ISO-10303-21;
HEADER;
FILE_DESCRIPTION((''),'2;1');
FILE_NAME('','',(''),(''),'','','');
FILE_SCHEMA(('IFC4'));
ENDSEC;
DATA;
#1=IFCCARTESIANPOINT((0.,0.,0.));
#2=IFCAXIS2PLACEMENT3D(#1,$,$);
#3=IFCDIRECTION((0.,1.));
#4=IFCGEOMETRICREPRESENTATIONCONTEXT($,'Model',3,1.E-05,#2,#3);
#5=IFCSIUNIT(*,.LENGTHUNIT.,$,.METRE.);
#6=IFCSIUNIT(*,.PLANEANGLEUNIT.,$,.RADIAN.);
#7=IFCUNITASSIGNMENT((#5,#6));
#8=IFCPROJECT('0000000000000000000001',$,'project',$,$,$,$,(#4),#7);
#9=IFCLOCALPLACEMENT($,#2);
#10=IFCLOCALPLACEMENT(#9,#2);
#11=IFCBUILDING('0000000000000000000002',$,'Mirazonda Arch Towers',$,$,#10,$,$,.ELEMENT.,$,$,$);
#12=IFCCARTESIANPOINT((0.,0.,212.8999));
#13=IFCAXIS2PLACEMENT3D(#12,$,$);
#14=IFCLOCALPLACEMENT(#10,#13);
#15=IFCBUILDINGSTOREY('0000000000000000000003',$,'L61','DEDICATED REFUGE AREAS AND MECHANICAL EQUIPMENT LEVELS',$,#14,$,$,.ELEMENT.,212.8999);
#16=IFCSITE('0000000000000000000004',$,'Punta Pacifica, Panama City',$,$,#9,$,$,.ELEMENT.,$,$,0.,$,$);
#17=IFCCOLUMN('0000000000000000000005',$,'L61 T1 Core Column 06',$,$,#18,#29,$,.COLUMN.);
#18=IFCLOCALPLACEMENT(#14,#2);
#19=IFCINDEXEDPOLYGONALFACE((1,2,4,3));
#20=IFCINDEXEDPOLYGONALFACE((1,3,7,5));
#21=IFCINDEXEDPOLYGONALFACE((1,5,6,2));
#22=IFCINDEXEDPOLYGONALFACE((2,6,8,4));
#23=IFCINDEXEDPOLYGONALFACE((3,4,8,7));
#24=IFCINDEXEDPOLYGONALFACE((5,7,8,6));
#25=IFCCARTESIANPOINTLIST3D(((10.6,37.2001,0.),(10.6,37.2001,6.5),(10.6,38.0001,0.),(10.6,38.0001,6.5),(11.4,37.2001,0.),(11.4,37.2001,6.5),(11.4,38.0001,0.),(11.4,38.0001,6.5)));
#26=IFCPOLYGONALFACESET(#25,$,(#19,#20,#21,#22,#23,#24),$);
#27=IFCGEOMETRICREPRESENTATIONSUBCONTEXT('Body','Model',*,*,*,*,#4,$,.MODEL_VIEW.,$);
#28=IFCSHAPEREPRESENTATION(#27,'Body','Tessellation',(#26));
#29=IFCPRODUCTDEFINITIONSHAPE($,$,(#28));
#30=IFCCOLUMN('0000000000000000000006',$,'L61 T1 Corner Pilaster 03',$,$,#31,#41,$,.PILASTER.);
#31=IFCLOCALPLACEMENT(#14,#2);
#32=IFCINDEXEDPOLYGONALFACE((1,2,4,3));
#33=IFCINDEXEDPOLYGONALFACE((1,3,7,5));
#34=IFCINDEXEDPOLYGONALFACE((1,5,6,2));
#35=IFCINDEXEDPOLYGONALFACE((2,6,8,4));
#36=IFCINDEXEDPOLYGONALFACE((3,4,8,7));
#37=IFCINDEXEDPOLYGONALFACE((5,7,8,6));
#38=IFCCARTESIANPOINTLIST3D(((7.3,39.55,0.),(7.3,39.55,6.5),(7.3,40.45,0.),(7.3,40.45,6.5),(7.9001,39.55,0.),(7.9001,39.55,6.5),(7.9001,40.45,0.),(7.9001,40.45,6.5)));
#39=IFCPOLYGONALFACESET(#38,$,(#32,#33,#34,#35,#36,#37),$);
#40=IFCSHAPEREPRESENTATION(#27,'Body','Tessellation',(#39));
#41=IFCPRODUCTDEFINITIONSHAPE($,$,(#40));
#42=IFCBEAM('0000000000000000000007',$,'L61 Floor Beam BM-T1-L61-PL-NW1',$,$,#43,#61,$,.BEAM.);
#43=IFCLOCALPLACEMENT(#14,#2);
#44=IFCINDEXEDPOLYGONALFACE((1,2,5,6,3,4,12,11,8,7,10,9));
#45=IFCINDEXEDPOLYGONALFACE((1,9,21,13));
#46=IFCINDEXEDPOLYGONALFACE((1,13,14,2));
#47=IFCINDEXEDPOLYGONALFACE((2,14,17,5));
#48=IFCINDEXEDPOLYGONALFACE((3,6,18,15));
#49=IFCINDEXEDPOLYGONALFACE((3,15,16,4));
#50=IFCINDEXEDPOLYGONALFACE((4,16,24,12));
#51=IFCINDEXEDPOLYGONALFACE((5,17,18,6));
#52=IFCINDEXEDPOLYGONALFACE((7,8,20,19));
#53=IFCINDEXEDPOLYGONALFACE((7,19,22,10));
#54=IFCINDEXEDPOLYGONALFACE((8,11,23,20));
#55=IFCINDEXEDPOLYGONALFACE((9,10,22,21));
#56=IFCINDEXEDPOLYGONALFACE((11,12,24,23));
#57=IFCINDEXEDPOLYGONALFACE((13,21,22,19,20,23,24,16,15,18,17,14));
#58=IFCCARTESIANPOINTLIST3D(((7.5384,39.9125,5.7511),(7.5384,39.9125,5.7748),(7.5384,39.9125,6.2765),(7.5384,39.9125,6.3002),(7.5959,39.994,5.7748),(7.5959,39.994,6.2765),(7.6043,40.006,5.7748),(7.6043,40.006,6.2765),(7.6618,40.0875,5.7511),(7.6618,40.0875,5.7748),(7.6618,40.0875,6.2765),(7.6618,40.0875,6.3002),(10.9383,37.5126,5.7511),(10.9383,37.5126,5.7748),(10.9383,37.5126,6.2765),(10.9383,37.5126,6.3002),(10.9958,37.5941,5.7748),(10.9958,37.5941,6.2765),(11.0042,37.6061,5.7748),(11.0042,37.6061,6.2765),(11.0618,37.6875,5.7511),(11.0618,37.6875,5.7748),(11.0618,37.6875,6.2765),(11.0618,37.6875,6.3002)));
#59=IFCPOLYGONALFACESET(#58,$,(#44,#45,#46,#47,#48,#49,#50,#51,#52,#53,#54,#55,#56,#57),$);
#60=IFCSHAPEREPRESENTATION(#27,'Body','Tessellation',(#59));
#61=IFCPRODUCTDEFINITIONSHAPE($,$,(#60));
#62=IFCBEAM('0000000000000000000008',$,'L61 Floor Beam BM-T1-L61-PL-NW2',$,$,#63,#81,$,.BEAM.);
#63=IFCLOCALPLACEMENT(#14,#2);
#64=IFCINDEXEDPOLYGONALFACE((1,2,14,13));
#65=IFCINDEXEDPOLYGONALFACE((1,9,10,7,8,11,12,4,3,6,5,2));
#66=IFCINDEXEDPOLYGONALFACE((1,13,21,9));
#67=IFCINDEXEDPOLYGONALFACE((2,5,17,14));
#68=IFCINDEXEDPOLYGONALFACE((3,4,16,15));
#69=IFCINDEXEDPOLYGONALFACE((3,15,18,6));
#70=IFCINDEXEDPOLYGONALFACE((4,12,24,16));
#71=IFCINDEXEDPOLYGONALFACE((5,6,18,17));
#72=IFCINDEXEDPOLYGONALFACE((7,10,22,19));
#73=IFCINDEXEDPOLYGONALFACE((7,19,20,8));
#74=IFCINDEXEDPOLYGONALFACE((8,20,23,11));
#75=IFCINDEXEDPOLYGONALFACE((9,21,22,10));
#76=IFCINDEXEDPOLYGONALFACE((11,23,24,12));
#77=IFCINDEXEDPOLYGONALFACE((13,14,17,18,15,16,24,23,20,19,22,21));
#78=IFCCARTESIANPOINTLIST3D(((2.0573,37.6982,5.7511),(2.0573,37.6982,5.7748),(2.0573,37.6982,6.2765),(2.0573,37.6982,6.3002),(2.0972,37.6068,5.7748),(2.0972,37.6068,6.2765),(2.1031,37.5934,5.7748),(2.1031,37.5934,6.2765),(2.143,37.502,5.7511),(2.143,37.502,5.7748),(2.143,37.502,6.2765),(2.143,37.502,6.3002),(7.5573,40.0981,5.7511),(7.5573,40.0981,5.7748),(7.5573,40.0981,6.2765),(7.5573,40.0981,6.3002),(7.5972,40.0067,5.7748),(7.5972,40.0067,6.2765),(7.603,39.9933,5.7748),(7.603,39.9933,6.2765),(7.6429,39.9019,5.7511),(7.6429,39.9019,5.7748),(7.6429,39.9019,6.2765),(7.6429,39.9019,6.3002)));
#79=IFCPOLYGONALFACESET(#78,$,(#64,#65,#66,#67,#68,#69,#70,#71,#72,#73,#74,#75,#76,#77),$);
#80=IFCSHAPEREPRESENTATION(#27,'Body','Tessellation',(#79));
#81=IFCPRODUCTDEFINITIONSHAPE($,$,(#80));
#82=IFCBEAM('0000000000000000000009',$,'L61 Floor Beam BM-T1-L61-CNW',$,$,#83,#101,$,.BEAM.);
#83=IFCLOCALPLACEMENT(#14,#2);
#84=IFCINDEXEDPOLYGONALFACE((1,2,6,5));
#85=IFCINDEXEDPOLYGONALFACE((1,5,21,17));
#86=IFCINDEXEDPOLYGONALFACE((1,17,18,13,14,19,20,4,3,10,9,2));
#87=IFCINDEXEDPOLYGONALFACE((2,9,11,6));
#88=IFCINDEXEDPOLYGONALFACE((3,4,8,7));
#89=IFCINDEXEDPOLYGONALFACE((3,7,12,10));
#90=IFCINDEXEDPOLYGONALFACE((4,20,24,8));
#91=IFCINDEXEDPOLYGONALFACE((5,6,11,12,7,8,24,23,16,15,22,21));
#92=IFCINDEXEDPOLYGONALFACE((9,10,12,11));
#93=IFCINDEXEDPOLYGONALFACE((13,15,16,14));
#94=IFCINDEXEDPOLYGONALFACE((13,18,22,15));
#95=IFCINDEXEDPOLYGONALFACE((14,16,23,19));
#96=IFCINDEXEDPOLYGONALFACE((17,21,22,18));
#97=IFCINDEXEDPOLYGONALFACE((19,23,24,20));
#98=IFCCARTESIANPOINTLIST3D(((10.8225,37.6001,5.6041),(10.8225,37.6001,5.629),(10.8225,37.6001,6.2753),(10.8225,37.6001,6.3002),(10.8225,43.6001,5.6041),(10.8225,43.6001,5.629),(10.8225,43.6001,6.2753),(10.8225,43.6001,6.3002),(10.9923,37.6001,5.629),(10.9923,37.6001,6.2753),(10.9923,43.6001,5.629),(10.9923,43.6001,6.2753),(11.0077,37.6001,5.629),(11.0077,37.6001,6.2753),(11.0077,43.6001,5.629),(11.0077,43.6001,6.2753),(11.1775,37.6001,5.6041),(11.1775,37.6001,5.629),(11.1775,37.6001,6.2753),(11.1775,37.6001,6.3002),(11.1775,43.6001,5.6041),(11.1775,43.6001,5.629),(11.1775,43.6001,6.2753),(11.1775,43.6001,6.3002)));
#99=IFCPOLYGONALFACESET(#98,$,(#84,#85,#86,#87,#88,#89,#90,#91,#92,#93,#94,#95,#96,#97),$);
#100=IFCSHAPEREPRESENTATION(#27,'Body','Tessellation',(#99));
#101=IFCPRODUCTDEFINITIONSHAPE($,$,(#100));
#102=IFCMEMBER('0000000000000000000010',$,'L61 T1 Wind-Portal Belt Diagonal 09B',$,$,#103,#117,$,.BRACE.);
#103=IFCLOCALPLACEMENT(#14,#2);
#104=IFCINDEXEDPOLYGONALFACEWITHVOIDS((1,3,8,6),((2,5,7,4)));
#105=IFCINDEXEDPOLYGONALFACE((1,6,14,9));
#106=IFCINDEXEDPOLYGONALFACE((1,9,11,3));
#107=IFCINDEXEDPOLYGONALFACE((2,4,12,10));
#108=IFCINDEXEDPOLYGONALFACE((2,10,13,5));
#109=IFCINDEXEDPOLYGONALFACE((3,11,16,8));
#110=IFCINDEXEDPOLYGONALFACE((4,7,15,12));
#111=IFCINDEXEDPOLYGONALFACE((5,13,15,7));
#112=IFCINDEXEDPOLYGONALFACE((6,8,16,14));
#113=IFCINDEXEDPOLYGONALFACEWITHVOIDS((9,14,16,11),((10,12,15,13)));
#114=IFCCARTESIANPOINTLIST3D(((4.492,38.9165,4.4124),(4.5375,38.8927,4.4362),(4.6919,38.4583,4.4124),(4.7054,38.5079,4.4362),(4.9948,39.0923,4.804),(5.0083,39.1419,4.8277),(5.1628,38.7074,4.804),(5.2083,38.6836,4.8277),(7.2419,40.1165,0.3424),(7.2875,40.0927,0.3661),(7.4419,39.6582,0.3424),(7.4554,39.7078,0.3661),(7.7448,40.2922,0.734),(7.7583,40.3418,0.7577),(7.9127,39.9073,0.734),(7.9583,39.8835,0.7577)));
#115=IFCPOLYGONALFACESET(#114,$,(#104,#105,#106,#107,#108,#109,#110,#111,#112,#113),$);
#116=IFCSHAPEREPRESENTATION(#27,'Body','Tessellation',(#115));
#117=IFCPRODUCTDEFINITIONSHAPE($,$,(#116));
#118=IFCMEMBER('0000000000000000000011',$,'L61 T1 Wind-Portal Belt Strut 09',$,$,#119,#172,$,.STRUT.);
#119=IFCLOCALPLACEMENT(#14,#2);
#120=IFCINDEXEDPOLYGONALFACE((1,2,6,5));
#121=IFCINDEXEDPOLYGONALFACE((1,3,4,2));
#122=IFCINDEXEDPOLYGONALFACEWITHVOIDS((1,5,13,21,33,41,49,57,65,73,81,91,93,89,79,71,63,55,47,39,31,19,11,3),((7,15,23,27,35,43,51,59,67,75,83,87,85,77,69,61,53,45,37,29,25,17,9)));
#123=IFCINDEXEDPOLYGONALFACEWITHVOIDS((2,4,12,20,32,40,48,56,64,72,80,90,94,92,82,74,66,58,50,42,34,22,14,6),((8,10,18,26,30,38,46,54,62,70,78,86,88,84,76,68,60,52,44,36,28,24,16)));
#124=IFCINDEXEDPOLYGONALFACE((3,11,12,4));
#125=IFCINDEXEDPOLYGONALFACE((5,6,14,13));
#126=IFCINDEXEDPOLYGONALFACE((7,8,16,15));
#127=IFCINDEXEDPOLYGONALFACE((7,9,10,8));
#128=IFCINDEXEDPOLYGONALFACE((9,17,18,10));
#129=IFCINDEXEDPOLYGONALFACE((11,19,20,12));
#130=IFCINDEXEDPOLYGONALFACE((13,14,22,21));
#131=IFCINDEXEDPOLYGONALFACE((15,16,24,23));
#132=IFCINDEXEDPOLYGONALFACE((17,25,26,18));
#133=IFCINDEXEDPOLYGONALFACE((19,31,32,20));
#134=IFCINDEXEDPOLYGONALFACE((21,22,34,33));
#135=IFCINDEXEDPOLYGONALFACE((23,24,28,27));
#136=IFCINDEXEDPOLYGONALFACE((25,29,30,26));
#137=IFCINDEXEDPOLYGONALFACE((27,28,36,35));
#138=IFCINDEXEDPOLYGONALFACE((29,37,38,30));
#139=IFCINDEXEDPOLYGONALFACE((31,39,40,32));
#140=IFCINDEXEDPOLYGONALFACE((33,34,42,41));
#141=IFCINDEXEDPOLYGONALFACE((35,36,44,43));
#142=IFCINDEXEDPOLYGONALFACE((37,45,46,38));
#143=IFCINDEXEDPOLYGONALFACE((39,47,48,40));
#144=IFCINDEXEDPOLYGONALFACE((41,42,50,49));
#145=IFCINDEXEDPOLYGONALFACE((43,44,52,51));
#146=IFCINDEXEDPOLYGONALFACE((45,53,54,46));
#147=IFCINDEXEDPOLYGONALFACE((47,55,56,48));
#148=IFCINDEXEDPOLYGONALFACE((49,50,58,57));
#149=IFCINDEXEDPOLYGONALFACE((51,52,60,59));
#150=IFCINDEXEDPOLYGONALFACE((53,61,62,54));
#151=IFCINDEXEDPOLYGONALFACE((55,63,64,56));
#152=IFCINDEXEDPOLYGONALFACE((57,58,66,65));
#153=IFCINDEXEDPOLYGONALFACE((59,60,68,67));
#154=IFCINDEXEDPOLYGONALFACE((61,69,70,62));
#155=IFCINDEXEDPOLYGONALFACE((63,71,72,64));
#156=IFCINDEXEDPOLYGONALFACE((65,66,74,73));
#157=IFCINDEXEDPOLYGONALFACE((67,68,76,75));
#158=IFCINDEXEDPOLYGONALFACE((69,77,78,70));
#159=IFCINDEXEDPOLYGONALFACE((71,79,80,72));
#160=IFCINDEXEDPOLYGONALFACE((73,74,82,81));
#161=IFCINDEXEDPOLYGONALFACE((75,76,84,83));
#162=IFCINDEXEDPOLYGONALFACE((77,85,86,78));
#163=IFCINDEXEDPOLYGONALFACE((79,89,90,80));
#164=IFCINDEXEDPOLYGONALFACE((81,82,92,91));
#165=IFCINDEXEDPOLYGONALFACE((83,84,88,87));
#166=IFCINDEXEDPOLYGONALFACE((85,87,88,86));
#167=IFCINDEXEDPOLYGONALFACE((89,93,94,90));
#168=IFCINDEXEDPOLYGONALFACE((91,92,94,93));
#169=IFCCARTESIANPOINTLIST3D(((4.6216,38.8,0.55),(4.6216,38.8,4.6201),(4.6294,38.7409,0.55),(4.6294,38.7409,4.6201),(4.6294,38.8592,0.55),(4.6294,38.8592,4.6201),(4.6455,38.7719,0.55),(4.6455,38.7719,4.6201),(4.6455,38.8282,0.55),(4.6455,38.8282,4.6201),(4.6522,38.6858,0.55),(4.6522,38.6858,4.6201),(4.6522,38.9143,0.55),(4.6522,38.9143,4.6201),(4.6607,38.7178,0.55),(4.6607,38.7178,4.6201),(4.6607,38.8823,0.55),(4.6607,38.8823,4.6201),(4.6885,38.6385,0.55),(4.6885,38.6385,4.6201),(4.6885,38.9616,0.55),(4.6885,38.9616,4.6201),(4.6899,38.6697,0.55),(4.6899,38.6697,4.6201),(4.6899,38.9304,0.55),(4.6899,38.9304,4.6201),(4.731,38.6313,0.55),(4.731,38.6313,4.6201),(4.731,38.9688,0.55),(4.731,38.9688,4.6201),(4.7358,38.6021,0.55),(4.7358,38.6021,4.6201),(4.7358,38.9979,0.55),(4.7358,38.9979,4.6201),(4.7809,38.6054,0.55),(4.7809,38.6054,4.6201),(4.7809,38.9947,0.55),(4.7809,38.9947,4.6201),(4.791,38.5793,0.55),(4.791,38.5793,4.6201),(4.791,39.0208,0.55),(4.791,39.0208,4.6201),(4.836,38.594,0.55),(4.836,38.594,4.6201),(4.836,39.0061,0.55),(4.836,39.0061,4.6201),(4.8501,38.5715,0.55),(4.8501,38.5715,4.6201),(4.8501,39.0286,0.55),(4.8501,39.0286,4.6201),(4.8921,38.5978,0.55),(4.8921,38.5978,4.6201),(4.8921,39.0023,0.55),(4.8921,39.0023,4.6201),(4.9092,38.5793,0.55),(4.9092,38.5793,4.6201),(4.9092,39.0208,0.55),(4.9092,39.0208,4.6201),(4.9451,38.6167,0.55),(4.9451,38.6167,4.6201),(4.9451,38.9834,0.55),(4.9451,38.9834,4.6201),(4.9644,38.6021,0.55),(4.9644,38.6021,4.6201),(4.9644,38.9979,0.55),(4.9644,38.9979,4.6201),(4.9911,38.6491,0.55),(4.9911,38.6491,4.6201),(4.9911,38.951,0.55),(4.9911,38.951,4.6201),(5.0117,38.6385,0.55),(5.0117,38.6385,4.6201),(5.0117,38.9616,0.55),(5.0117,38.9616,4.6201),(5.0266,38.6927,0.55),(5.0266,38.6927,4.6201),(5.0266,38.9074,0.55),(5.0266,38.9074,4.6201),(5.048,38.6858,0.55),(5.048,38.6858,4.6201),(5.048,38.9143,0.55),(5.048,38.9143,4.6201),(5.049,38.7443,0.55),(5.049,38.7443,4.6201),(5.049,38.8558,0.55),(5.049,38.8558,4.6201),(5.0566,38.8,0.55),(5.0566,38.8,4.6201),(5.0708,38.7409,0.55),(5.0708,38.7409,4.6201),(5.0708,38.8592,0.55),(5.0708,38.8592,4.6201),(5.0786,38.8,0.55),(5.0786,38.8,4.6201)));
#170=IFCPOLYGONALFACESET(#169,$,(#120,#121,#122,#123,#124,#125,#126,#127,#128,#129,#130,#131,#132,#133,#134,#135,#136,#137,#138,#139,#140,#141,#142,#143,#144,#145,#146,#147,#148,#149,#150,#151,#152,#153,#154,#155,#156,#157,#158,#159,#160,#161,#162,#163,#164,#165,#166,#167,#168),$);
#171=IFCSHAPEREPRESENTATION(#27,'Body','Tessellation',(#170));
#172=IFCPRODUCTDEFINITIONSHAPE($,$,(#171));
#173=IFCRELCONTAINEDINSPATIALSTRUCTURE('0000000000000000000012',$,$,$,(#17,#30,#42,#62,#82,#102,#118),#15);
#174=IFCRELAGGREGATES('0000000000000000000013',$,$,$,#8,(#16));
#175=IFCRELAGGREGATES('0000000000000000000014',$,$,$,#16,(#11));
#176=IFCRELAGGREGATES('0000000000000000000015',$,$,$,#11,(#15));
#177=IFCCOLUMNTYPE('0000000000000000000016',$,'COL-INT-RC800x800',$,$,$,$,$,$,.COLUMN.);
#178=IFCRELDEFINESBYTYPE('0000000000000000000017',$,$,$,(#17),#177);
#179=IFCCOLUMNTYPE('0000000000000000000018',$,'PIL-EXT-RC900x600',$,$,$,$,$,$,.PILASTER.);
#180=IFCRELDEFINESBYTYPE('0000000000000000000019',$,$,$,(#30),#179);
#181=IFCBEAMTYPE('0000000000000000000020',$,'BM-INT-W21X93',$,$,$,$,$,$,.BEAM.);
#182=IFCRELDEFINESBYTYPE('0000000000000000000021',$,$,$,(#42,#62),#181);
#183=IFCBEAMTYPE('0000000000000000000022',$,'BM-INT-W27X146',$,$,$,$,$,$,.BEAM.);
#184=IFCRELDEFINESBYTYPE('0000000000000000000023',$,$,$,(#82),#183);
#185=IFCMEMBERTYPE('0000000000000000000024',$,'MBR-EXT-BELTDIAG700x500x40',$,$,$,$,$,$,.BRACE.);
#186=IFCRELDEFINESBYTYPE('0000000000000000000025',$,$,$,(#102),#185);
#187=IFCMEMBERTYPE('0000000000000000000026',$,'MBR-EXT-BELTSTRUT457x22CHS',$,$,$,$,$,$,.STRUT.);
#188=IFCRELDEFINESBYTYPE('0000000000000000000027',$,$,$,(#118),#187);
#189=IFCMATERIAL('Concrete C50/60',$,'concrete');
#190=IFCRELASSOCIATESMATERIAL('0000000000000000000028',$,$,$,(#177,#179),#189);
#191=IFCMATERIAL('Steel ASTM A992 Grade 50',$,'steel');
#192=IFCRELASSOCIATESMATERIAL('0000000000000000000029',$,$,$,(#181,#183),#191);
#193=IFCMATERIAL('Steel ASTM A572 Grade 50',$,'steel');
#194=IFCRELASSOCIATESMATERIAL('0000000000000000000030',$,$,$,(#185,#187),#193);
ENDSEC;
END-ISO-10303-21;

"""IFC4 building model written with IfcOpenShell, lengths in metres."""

from ifc_helpers import new_model, si_unit, direction, frame, origin, origin_2d, place, context, subcontext, project, spatial, rectangle, hollow_rectangle, hollow_circle, i_section, extrude, material, material_profile, profile_set, type_object, element, save


model = new_model("IFC4")

# Units and contexts
model_context = context("Model", 3, precision=1e-05, world=origin(), true_north=direction((0.0, 1.0)))
body_context = subcontext(model_context, "Body", "Model", "MODEL_VIEW")
ifc_project = project(units=[si_unit("LENGTHUNIT", "METRE"), si_unit("PLANEANGLEUNIT", "RADIAN")], contexts=[model_context])

# Site, building, storey
site_placement = place(None, origin())
site = spatial("IfcSite", under=ifc_project, at=site_placement, Name="Punta Pacifica, Panama City", CompositionType="ELEMENT", RefElevation=0.0)
building_placement = place(site_placement, origin())
building = spatial("IfcBuilding", under=site, at=building_placement, Name="Mirazonda Arch Towers", CompositionType="ELEMENT")
storey_placement = place(building_placement, frame((0.0, 0.0, 212.8999)))
storey = spatial("IfcBuildingStorey", under=building, at=storey_placement, Name="L61", Description="DEDICATED REFUGE AREAS AND MECHANICAL EQUIPMENT LEVELS", CompositionType="ELEMENT", Elevation=212.8999)

# Columns
ifc_material_1 = material(Name="Concrete C50/60", Category="concrete")
ifc_material_profile_1 = material_profile(ifc_material_1, rectangle(XDim=0.8, YDim=0.8, at=origin_2d()), Name="RC800x800")
ifc_profile_set_1 = profile_set([ifc_material_profile_1], Name="Concrete C50/60")
column_type_1 = type_object("IfcColumnType", Name="COL-INT-RC800x800", PredefinedType="COLUMN", material=ifc_profile_set_1)
column_1_placement = place(storey_placement, frame((11.0, 37.6001, 0.0), z_axis=(0.0, 0.0, 1.0), x_axis=(1.0, 0.0, 0.0)))
element("IfcColumn", 1, at=column_1_placement, inside=storey, type_object=column_type_1, Name="L61 T1 Core Column 06", PredefinedType="COLUMN", context=body_context, shape_type="SweptSolid", body=[
    extrude(rectangle(XDim=0.8, YDim=0.8, at=origin_2d()), origin(), (0.0, 0.0, 1.0), 6.5),
])
ifc_material_profile_2 = material_profile(ifc_material_1, rectangle(XDim=0.6001, YDim=0.8999, at=origin_2d()), Name="RC900x600")
ifc_profile_set_2 = profile_set([ifc_material_profile_2], Name="Concrete C50/60")
column_type_2 = type_object("IfcColumnType", Name="PIL-EXT-RC900x600", PredefinedType="PILASTER", material=ifc_profile_set_2)
column_2_placement = place(storey_placement, frame((7.6001, 40.0, 0.0), z_axis=(0.0, 0.0, 1.0), x_axis=(1.0, 0.0, 0.0)))
element("IfcColumn", 2, at=column_2_placement, inside=storey, type_object=column_type_2, Name="L61 T1 Corner Pilaster 03", PredefinedType="PILASTER", context=body_context, shape_type="SweptSolid", body=[
    extrude(rectangle(XDim=0.6001, YDim=0.8999, at=origin_2d()), origin(), (0.0, 0.0, 1.0), 6.5),
])

# Beams
ifc_material_2 = material(Name="Steel ASTM A992 Grade 50", Category="steel")
ifc_material_profile_3 = material_profile(ifc_material_2, i_section(OverallWidth=0.2141, OverallDepth=0.5491, WebThickness=0.0146, FlangeThickness=0.0237, at=origin_2d()), Name="W21X93")
ifc_profile_set_3 = profile_set([ifc_material_profile_3], Name="Steel ASTM A992 Grade 50")
beam_type_1 = type_object("IfcBeamType", Name="BM-INT-W21X93", PredefinedType="BEAM", material=ifc_profile_set_3)
beam_1_placement = place(storey_placement, frame((7.6001, 40.0, 6.0256), z_axis=(0.816971, -0.576679, 0.0), x_axis=(0.576679, 0.816971, 0.0)))
element("IfcBeam", 3, at=beam_1_placement, inside=storey, type_object=beam_type_1, Name="L61 Floor Beam BM-T1-L61-PL-NW1", PredefinedType="BEAM", context=body_context, shape_type="SweptSolid", body=[
    extrude(i_section(OverallWidth=0.2141, OverallDepth=0.5491, WebThickness=0.0146, FlangeThickness=0.0237, at=origin_2d()), origin(), (0.0, 0.0, 1.0), 4.1616),
])
beam_2_placement = place(storey_placement, frame((7.6001, 40.0, 6.0256), z_axis=(-0.916545, -0.399931, 0.0), x_axis=(0.399931, -0.916545, 0.0)))
element("IfcBeam", 4, at=beam_2_placement, inside=storey, type_object=beam_type_1, Name="L61 Floor Beam BM-T1-L61-PL-NW2", PredefinedType="BEAM", context=body_context, shape_type="SweptSolid", body=[
    extrude(i_section(OverallWidth=0.2141, OverallDepth=0.5491, WebThickness=0.0146, FlangeThickness=0.0237, at=origin_2d()), origin(), (0.0, 0.0, 1.0), 6.0007),
])
ifc_material_profile_4 = material_profile(ifc_material_2, i_section(OverallWidth=0.355, OverallDepth=0.696, WebThickness=0.0154, FlangeThickness=0.0249, at=origin_2d()), Name="W27X146")
ifc_profile_set_4 = profile_set([ifc_material_profile_4], Name="Steel ASTM A992 Grade 50")
beam_type_2 = type_object("IfcBeamType", Name="BM-INT-W27X146", PredefinedType="BEAM", material=ifc_profile_set_4)
beam_3_placement = place(storey_placement, frame((11.0, 37.6001, 5.9521), z_axis=(0.0, 1.0, 0.0), x_axis=(-1.0, 0.0, 0.0)))
element("IfcBeam", 5, at=beam_3_placement, inside=storey, type_object=beam_type_2, Name="L61 Floor Beam BM-T1-L61-CNW", PredefinedType="BEAM", context=body_context, shape_type="SweptSolid", body=[
    extrude(i_section(OverallWidth=0.355, OverallDepth=0.696, WebThickness=0.0154, FlangeThickness=0.0249, at=origin_2d()), origin(), (0.0, 0.0, 1.0), 6.0),
])

# Members
ifc_material_3 = material(Name="Steel ASTM A572 Grade 50", Category="steel")
ifc_material_profile_5 = material_profile(ifc_material_3, hollow_rectangle(XDim=0.5, YDim=0.7, WallThickness=0.04, at=origin_2d()), Name="BELTDIAG700x500x40")
ifc_profile_set_5 = profile_set([ifc_material_profile_5], Name="Steel ASTM A572 Grade 50")
member_type_1 = type_object("IfcMemberType", Name="MBR-EXT-BELTDIAG700x500x40", PredefinedType="BRACE", material=ifc_profile_set_5)
member_1_placement = place(storey_placement, frame((7.6001, 40.0, 0.55), z_axis=(-0.543858, -0.23731, 0.804924), x_axis=(0.399931, -0.916545, 0.0)))
element("IfcMember", 6, at=member_1_placement, inside=storey, type_object=member_type_1, Name="L61 T1 Wind-Portal Belt Diagonal 09B", PredefinedType="BRACE", context=body_context, shape_type="SweptSolid", body=[
    extrude(hollow_rectangle(XDim=0.5, YDim=0.7, WallThickness=0.04, at=origin_2d()), origin(), (0.0, 0.0, 1.0), 5.0564),
])
ifc_material_profile_6 = material_profile(ifc_material_3, hollow_circle(Radius=0.2285, WallThickness=0.022, at=origin_2d()), Name="BELTSTRUT457x22CHS")
ifc_profile_set_6 = profile_set([ifc_material_profile_6], Name="Steel ASTM A572 Grade 50")
member_type_2 = type_object("IfcMemberType", Name="MBR-EXT-BELTSTRUT457x22CHS", PredefinedType="STRUT", material=ifc_profile_set_6)
member_2_placement = place(storey_placement, frame((4.8501, 38.8, 0.55), z_axis=(0.0, 0.0, 1.0), x_axis=(1.0, 0.0, 0.0)))
element("IfcMember", 7, at=member_2_placement, inside=storey, type_object=member_type_2, Name="L61 T1 Wind-Portal Belt Strut 09", PredefinedType="STRUT", context=body_context, shape_type="SweptSolid", body=[
    extrude(hollow_circle(Radius=0.2285, WallThickness=0.022, at=origin_2d()), origin(), (0.0, 0.0, 1.0), 4.0701),
])

save(model, "model.ifc")
